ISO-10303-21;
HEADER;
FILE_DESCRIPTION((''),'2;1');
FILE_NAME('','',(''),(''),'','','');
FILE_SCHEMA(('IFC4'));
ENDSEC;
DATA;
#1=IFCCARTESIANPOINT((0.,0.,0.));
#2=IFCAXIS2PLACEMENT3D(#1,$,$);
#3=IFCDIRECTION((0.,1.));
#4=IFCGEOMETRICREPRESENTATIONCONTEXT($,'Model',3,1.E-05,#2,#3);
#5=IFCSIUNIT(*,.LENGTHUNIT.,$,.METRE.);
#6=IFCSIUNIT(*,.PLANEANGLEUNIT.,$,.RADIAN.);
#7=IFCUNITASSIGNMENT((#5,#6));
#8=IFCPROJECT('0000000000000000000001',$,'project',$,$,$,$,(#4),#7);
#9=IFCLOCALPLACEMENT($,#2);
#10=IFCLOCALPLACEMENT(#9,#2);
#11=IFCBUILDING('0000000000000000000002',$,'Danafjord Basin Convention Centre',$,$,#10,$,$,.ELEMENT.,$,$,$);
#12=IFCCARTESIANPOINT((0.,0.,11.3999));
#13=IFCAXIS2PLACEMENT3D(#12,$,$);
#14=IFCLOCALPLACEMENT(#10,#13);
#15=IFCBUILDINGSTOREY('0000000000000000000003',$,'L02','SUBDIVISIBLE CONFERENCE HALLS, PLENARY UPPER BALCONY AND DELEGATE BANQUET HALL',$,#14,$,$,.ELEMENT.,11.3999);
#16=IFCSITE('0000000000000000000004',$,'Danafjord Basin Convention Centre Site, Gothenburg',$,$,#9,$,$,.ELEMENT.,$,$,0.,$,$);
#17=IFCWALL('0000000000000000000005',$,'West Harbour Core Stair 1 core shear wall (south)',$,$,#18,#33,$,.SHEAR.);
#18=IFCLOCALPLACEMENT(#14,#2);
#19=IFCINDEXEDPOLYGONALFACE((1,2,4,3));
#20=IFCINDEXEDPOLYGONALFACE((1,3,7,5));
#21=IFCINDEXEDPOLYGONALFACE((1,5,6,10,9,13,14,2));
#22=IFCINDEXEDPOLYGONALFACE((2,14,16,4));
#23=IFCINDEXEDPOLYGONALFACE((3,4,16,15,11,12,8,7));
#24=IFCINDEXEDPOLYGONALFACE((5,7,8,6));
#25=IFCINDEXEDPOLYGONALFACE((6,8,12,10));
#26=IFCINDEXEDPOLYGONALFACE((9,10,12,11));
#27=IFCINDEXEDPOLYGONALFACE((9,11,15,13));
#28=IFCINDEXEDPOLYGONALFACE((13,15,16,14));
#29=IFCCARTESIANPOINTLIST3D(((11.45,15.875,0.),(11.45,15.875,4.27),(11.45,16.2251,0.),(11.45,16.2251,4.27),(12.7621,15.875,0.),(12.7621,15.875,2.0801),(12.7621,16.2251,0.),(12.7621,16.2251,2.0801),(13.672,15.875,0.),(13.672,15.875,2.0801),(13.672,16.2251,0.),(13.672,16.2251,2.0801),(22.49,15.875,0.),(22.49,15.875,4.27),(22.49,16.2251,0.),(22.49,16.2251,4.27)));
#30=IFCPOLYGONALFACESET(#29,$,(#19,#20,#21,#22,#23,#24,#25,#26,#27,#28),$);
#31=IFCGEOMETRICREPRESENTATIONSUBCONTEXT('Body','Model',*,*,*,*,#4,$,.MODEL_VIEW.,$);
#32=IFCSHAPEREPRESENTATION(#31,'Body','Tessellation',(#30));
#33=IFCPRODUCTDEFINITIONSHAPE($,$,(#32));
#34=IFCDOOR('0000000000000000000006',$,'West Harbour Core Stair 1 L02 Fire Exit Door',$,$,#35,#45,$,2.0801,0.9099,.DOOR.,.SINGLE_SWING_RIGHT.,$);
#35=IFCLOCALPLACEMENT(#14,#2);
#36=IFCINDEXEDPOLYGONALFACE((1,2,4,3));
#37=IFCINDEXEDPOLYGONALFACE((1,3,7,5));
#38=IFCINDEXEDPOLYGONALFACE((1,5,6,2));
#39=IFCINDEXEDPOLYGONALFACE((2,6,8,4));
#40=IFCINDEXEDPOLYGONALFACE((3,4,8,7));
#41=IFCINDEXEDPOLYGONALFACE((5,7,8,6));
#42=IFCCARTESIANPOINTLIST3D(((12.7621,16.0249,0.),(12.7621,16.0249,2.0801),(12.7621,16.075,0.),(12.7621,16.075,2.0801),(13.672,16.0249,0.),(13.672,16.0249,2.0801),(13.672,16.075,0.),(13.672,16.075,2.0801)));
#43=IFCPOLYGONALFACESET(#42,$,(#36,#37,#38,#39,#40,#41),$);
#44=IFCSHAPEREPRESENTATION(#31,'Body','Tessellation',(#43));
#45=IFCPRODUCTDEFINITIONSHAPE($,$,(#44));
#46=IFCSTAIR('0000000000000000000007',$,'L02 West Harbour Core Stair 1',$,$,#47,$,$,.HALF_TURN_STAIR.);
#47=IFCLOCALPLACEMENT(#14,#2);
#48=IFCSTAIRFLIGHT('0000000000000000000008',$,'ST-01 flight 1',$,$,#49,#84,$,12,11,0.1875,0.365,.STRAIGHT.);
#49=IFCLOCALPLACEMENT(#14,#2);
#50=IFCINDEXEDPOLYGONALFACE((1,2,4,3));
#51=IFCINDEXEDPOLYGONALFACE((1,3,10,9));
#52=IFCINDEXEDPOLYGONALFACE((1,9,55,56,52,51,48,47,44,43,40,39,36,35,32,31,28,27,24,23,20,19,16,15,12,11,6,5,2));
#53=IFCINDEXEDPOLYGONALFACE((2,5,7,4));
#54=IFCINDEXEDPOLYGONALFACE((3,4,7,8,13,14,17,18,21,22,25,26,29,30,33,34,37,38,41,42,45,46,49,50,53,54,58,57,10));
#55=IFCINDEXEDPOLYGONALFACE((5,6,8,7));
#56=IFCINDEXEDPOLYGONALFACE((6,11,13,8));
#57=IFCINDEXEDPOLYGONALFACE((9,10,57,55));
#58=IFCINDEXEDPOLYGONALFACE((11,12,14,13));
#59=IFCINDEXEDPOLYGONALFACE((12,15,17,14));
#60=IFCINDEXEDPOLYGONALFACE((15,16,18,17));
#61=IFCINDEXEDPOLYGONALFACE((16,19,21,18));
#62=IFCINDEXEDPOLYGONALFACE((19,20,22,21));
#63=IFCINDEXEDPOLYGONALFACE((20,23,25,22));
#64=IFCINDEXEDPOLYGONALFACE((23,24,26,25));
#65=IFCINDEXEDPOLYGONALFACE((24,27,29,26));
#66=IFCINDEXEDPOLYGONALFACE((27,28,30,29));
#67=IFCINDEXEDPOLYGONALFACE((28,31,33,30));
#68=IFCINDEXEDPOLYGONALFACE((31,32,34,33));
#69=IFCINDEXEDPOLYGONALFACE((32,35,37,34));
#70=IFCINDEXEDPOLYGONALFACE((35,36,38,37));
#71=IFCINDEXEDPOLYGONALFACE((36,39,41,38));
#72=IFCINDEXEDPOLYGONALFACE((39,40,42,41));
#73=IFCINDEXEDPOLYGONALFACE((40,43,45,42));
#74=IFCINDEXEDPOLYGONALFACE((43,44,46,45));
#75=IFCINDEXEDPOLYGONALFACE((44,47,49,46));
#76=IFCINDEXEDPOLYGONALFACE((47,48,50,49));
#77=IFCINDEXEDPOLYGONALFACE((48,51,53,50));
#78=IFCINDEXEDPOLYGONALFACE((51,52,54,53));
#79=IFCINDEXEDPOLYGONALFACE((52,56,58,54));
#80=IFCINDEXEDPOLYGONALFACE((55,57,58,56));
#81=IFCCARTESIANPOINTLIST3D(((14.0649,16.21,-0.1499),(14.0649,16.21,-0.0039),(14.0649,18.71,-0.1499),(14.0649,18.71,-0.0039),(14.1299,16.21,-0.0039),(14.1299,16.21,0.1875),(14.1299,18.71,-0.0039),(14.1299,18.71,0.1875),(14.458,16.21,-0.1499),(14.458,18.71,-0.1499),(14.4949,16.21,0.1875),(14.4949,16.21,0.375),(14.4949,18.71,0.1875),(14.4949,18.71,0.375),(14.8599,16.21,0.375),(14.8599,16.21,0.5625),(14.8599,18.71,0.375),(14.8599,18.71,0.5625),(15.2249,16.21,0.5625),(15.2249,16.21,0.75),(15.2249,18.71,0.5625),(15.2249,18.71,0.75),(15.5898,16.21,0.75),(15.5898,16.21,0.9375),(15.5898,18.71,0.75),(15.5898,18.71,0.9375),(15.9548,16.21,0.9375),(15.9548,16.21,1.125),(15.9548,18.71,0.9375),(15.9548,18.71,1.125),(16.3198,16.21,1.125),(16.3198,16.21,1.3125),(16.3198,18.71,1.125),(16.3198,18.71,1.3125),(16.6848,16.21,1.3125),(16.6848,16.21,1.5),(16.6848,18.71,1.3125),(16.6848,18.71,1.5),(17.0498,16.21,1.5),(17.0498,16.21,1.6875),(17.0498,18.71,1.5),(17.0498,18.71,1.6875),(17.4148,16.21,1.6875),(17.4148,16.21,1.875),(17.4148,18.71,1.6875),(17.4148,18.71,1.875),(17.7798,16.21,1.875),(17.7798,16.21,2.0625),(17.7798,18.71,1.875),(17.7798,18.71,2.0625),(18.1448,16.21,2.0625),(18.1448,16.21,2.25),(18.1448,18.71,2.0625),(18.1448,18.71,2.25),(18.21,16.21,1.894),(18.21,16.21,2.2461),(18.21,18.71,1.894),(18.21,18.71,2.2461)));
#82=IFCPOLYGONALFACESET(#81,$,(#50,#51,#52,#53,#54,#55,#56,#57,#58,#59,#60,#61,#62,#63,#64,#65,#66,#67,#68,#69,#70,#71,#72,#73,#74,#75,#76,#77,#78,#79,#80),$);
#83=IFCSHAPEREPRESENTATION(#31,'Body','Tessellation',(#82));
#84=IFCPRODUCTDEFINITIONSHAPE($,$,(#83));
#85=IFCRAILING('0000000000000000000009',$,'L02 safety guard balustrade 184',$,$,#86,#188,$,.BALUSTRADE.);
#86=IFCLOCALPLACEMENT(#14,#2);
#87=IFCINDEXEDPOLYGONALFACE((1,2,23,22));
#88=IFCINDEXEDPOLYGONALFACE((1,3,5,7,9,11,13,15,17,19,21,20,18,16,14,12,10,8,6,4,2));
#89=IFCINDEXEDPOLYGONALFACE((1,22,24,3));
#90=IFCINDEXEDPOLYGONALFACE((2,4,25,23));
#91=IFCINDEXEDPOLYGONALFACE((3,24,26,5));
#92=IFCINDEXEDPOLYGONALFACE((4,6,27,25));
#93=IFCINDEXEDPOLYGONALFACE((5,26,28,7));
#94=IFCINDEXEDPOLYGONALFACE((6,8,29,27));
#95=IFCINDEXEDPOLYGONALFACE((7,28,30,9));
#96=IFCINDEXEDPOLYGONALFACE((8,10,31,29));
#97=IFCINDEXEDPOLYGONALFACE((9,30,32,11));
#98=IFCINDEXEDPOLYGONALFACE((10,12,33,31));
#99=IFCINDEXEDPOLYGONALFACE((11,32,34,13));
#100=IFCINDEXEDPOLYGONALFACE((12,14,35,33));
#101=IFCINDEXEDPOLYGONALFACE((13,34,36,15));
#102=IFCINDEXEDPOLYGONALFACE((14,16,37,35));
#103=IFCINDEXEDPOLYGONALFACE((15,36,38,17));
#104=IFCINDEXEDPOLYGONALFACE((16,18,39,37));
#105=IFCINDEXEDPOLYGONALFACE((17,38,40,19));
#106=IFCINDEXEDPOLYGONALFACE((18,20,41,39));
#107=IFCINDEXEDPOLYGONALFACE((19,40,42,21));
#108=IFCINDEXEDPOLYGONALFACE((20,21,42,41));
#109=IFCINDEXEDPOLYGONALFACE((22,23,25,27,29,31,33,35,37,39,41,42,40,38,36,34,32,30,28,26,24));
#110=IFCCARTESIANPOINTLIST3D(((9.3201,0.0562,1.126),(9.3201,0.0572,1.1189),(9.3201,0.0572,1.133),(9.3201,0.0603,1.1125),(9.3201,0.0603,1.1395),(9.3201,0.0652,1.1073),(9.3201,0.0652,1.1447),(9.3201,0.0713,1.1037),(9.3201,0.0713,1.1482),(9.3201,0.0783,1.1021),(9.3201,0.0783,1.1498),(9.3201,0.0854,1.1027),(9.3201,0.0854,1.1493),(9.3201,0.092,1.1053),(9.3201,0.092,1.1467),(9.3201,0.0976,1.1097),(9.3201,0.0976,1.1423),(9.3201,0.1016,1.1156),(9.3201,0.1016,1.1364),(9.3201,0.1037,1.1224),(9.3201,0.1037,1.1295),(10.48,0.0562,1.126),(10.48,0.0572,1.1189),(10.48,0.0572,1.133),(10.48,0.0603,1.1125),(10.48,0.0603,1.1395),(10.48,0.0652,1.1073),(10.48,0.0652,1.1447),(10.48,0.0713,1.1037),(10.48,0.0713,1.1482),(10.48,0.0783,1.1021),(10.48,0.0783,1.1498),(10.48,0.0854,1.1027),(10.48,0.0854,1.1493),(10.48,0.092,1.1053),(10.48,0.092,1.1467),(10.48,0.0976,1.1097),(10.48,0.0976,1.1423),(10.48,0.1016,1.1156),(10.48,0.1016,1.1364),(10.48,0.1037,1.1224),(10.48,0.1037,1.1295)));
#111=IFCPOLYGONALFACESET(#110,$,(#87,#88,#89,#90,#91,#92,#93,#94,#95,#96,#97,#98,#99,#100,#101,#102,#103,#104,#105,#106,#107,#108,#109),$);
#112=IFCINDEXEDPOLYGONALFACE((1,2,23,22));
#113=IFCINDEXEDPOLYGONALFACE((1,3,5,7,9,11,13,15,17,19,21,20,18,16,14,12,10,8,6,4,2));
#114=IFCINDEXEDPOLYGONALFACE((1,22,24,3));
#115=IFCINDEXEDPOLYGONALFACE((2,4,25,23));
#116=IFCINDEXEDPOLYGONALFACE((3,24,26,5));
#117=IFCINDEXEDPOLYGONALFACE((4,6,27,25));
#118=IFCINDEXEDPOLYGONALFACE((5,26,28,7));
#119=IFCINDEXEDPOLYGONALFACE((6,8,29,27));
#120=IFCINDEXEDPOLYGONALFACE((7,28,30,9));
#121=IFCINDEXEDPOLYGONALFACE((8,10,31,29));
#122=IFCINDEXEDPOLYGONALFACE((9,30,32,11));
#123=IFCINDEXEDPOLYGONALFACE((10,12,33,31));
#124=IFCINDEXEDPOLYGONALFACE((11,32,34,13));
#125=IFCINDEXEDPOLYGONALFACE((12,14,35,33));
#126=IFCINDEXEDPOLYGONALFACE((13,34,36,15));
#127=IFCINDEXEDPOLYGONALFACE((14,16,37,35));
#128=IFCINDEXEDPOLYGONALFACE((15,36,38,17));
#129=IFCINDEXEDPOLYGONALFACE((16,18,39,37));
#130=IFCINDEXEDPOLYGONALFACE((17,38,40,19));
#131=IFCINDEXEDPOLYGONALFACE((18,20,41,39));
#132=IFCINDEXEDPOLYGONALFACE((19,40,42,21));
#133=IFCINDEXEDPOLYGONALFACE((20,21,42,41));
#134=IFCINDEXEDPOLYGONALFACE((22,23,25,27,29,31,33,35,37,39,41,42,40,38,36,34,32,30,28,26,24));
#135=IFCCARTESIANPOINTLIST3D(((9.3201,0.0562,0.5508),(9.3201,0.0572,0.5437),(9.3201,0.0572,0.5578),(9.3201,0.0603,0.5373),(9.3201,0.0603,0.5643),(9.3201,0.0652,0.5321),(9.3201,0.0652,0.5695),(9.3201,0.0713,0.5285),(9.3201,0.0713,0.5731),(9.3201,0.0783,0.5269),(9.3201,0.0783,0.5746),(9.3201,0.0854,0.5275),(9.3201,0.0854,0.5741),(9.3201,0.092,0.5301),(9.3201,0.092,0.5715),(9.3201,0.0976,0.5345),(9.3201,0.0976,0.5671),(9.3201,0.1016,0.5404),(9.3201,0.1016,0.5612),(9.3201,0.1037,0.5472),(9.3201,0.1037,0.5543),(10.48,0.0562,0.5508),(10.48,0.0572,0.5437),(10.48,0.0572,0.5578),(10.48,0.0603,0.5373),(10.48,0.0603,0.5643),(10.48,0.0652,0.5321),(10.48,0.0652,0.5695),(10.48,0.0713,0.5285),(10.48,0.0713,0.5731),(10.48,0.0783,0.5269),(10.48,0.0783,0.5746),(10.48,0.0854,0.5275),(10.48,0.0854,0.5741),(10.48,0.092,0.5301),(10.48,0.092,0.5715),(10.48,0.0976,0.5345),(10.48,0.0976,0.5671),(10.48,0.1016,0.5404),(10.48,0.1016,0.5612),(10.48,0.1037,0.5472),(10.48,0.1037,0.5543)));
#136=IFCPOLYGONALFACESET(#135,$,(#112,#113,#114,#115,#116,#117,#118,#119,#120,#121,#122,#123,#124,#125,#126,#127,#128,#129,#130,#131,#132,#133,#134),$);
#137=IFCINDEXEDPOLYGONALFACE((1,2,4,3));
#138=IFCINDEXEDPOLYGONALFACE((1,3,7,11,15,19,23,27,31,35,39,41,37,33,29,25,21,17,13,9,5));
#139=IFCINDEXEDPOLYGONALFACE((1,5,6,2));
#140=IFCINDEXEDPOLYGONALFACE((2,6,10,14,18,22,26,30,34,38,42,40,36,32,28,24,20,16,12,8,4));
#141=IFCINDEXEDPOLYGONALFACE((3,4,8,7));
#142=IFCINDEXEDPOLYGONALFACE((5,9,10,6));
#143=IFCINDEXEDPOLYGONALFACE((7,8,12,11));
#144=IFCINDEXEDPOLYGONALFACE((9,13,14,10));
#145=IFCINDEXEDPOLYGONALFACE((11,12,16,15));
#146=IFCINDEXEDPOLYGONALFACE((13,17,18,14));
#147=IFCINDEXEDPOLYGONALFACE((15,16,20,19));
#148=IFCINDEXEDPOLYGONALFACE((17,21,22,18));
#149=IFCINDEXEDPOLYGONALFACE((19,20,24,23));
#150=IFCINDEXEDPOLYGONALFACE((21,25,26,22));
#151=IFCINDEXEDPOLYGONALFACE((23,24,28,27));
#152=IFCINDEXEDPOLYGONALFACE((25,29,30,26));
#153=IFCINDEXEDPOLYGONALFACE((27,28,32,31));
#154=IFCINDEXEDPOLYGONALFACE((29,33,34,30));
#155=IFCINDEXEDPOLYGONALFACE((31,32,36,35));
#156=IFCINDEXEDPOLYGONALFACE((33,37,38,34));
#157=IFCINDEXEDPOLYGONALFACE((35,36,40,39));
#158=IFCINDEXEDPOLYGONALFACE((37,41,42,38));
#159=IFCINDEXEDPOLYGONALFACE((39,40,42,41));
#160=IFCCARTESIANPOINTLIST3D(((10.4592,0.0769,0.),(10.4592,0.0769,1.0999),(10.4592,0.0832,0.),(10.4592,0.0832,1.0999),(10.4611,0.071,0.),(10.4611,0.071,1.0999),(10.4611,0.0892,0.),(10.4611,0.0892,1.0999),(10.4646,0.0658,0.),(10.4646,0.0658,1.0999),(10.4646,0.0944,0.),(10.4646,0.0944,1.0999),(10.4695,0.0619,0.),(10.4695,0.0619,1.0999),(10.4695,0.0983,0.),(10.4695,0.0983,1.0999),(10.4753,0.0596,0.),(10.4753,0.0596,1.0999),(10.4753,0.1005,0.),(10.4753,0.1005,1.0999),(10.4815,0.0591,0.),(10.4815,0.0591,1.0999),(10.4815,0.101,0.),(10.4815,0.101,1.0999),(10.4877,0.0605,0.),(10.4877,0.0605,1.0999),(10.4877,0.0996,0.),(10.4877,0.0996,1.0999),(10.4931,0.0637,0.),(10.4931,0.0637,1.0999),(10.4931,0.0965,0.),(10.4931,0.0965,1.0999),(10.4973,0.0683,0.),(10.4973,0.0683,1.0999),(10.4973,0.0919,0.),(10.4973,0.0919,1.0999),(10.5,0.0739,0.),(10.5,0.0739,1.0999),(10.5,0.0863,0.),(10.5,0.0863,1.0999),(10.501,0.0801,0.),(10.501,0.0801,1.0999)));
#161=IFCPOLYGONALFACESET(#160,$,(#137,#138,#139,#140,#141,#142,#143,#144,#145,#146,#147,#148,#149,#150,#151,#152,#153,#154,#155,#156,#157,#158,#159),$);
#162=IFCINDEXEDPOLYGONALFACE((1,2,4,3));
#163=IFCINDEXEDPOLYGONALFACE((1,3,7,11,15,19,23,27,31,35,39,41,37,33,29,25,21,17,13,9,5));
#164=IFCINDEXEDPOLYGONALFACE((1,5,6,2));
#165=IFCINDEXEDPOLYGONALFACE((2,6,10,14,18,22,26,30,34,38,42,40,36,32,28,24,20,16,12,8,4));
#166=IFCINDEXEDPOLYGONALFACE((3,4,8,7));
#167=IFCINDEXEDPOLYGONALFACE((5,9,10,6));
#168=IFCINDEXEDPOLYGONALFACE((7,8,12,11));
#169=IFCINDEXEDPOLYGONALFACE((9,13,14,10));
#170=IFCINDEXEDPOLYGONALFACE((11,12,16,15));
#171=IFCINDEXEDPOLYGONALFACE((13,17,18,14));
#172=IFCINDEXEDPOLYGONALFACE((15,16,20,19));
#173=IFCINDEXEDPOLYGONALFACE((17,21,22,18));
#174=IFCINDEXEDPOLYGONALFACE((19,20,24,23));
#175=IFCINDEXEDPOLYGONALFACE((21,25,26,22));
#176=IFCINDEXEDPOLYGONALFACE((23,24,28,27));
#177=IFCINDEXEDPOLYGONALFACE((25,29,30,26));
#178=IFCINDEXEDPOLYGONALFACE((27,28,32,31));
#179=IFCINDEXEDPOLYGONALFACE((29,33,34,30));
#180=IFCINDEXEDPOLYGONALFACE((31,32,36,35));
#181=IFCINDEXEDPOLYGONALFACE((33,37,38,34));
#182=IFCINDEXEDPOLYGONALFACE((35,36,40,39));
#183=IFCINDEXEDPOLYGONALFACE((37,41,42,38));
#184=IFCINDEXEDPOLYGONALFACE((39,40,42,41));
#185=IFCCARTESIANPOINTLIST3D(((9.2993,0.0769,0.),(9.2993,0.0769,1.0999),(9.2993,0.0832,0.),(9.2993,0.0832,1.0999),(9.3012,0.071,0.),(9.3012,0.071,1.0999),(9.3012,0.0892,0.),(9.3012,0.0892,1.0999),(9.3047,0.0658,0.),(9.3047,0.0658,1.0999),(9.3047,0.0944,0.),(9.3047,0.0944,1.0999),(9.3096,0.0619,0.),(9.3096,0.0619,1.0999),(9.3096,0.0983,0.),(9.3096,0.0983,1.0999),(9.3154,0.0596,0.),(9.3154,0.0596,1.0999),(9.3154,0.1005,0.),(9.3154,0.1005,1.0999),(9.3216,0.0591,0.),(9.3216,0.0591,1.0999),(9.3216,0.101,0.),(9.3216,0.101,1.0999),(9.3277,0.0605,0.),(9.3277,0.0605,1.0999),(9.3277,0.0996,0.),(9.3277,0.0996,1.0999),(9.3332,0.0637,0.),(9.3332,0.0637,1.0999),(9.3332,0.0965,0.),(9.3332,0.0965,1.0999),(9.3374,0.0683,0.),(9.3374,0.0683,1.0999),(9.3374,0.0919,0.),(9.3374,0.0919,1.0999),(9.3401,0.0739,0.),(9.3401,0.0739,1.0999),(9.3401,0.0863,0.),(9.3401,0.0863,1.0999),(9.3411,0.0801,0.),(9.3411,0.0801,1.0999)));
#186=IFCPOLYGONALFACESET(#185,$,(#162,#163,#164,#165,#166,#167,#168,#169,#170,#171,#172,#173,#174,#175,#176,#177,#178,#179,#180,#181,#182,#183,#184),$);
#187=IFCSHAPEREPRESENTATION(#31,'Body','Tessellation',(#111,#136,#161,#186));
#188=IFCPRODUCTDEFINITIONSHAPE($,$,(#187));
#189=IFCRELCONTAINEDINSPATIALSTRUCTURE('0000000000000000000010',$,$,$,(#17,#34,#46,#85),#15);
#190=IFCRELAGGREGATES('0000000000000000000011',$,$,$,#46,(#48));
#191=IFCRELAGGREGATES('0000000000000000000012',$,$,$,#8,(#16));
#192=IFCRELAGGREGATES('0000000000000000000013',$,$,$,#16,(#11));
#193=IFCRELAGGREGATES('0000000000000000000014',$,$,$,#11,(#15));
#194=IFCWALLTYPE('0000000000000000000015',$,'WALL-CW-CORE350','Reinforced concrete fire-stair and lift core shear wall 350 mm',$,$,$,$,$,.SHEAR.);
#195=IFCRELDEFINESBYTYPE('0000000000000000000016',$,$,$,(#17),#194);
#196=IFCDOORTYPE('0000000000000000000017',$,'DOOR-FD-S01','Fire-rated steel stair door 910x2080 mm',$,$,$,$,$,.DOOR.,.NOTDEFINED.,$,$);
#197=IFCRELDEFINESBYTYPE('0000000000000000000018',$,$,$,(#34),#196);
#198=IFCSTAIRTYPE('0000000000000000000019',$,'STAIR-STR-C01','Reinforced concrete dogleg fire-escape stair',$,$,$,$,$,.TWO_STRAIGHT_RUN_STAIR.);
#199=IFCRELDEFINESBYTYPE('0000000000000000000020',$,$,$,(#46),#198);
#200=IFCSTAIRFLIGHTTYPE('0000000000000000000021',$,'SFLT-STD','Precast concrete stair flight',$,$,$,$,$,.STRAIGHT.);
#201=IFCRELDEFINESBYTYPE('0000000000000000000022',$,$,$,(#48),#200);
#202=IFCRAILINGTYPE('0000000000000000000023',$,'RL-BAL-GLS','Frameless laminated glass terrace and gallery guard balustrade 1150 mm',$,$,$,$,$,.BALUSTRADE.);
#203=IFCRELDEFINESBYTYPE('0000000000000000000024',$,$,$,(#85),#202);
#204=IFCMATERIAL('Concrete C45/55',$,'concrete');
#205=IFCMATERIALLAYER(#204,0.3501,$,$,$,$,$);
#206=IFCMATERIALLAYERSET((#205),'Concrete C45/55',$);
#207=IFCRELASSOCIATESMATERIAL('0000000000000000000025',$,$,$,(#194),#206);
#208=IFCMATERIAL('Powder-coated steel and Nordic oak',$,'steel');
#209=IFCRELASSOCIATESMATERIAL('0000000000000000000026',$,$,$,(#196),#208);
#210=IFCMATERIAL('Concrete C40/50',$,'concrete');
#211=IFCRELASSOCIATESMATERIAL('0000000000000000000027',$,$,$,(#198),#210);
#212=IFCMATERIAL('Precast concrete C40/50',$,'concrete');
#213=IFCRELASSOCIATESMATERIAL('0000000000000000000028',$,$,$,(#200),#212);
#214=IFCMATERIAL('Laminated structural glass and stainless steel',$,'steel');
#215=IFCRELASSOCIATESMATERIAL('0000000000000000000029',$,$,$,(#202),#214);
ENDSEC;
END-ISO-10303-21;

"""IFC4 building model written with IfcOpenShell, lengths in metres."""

from ifc_helpers import new_model, si_unit, direction, frame, frame_2d, origin, origin_2d, place, context, subcontext, project, spatial, polyline, rectangle, circle, outline, extrude, material, layer, layer_set, type_object, element, fill, aggregate, save


model = new_model("IFC4")

# Units and contexts
model_context = context("Model", 3, precision=1e-05, world=origin(), true_north=direction((0.0, 1.0)))
body_context = subcontext(model_context, "Body", "Model", "MODEL_VIEW")
ifc_project = project(units=[si_unit("LENGTHUNIT", "METRE"), si_unit("PLANEANGLEUNIT", "RADIAN")], contexts=[model_context])

# Site, building, storey
site_placement = place(None, origin())
site = spatial("IfcSite", under=ifc_project, at=site_placement, Name="Danafjord Basin Convention Centre Site, Gothenburg", CompositionType="ELEMENT", RefElevation=0.0)
building_placement = place(site_placement, origin())
building = spatial("IfcBuilding", under=site, at=building_placement, Name="Danafjord Basin Convention Centre", CompositionType="ELEMENT")
storey_placement = place(building_placement, frame((0.0, 0.0, 11.3999)))
storey = spatial("IfcBuildingStorey", under=building, at=storey_placement, Name="L02", Description="SUBDIVISIBLE CONFERENCE HALLS, PLENARY UPPER BALCONY AND DELEGATE BANQUET HALL", CompositionType="ELEMENT", Elevation=11.3999)

# Wall, opening, door
ifc_material_1 = material(Name="Concrete C45/55", Category="concrete")
ifc_layer_1 = layer(ifc_material_1, 0.3501)
ifc_layer_set_1 = layer_set([ifc_layer_1], Name="Concrete C45/55")
wall_type = type_object("IfcWallType", Name="WALL-CW-CORE350", Description="Reinforced concrete fire-stair and lift core shear wall 350 mm", PredefinedType="SHEAR", material=ifc_layer_set_1)
wall_placement = place(storey_placement, frame((11.45, 16.05, 0.0), z_axis=(0.0, 0.0, 1.0), x_axis=(1.0, 0.0, 0.0)))
wall = element("IfcWall", 1, at=wall_placement, inside=storey, type_object=wall_type, Name="West Harbour Core Stair 1 core shear wall (south)", PredefinedType="SHEAR", context=body_context, shape_type="SweptSolid", body=[
    extrude(rectangle(XDim=11.04, YDim=0.3501, at=frame_2d((5.52, 0.0))), origin(), (0.0, 0.0, 1.0), 4.27),
])
opening_placement = place(wall_placement, frame((1.312, 0.0, 0.0)))
opening = element("IfcOpeningElement", 2, at=opening_placement, cuts=wall, PredefinedType="OPENING", context=body_context, shape_type="SweptSolid", body=[
    extrude(rectangle(XDim=0.9099, YDim=2.0801, at=frame_2d((0.4551, 1.04))), frame((0.0, 0.1851, 0.0), z_axis=(0.0, -1.0, 0.0), x_axis=(1.0, 0.0, 0.0)), (0.0, 0.0, 1.0), 0.3701),
])
ifc_material_2 = material(Name="Powder-coated steel and Nordic oak", Category="steel")
door_type = type_object("IfcDoorType", Name="DOOR-FD-S01", Description="Fire-rated steel stair door 910x2080 mm", OperationType="NOTDEFINED", PredefinedType="DOOR", material=ifc_material_2)
door_placement = place(opening_placement, origin())
door = element("IfcDoor", 3, at=door_placement, inside=storey, type_object=door_type, Name="West Harbour Core Stair 1 L02 Fire Exit Door", OperationType="SINGLE_SWING_RIGHT", OverallHeight=2.0801, OverallWidth=0.9099, PredefinedType="DOOR", context=body_context, shape_type="SweptSolid", body=[
    extrude(rectangle(XDim=0.9099, YDim=2.0801, at=frame_2d((0.4551, 1.04))), frame((0.0, 0.0249, 0.0), z_axis=(0.0, -1.0, 0.0), x_axis=(1.0, 0.0, 0.0)), (0.0, 0.0, 1.0), 0.05),
])
fill(opening, door)

# Stair, stair flight
ifc_material_3 = material(Name="Concrete C40/50", Category="concrete")
stair_type = type_object("IfcStairType", Name="STAIR-STR-C01", Description="Reinforced concrete dogleg fire-escape stair", PredefinedType="TWO_STRAIGHT_RUN_STAIR", material=ifc_material_3)
stair_placement = place(storey_placement, origin())
stair = element("IfcStair", 4, at=stair_placement, inside=storey, type_object=stair_type, Name="L02 West Harbour Core Stair 1", PredefinedType="HALF_TURN_STAIR")
ifc_material_4 = material(Name="Precast concrete C40/50", Category="concrete")
stair_flight_type = type_object("IfcStairFlightType", Name="SFLT-STD", Description="Precast concrete stair flight", PredefinedType="STRAIGHT", material=ifc_material_4)
stair_flight_placement = place(storey_placement, frame((14.1299, 17.46, 0.0), z_axis=(0.0, 0.0, 1.0), x_axis=(1.0, 0.0, 0.0)))
stair_flight = element("IfcStairFlight", 5, at=stair_flight_placement, type_object=stair_flight_type, Name="ST-01 flight 1", NumberOfRisers=12, NumberOfTreads=11, PredefinedType="STRAIGHT", RiserHeight=0.1875, TreadLength=0.365, context=body_context, shape_type="SweptSolid", body=[
    extrude(outline(polyline([(-0.0649, -0.1499), (-0.0649, -0.0039), (0.0, -0.0039), (0.0, 0.1875), (0.365, 0.1875), (0.365, 0.375), (0.73, 0.375), (0.73, 0.5625), (1.095, 0.5625), (1.095, 0.75), (1.46, 0.75), (1.46, 0.9375), (1.825, 0.9375), (1.825, 1.125), (2.1899, 1.125), (2.1899, 1.3125), (2.5549, 1.3125), (2.5549, 1.5), (2.9199, 1.5), (2.9199, 1.6875), (3.2849, 1.6875), (3.2849, 1.875), (3.6499, 1.875), (3.6499, 2.0625), (4.0149, 2.0625), (4.0149, 2.25), (4.0801, 2.2461), (4.0801, 1.894), (0.3281, -0.1499), (-0.0649, -0.1499)])), frame((0.0, 1.25, 0.0), z_axis=(0.0, -1.0, 0.0), x_axis=(1.0, 0.0, 0.0)), (0.0, 0.0, 1.0), 2.5),
])
aggregate(stair, [stair_flight])

# Railing
ifc_material_5 = material(Name="Laminated structural glass and stainless steel", Category="steel")
railing_type_1 = type_object("IfcRailingType", Name="RL-BAL-GLS", Description="Frameless laminated glass terrace and gallery guard balustrade 1150 mm", PredefinedType="BALUSTRADE", material=ifc_material_5)
railing_1_placement = place(storey_placement, frame((10.48, 0.0801, 0.0)))
element("IfcRailing", 6, at=railing_1_placement, inside=storey, type_object=railing_type_1, Name="L02 safety guard balustrade 184", PredefinedType="BALUSTRADE", context=body_context, shape_type="SweptSolid", body=[
    extrude(circle(Radius=0.0239, at=origin_2d()), frame((0.0, 0.0, 1.126), z_axis=(-1.0, 0.0, 0.0), x_axis=(0.0, -1.0, 0.0)), (0.0, 0.0, 1.0), 1.1599),
    extrude(circle(Radius=0.0239, at=origin_2d()), frame((0.0, 0.0, 0.5508), z_axis=(-1.0, 0.0, 0.0), x_axis=(0.0, -1.0, 0.0)), (0.0, 0.0, 1.0), 1.1599),
    extrude(circle(Radius=0.021, at=origin_2d()), origin(), (0.0, 0.0, 1.0), 1.0999),
    extrude(circle(Radius=0.021, at=origin_2d()), frame((-1.1599, 0.0, 0.0)), (0.0, 0.0, 1.0), 1.0999),
])

save(model, "model.ifc")
